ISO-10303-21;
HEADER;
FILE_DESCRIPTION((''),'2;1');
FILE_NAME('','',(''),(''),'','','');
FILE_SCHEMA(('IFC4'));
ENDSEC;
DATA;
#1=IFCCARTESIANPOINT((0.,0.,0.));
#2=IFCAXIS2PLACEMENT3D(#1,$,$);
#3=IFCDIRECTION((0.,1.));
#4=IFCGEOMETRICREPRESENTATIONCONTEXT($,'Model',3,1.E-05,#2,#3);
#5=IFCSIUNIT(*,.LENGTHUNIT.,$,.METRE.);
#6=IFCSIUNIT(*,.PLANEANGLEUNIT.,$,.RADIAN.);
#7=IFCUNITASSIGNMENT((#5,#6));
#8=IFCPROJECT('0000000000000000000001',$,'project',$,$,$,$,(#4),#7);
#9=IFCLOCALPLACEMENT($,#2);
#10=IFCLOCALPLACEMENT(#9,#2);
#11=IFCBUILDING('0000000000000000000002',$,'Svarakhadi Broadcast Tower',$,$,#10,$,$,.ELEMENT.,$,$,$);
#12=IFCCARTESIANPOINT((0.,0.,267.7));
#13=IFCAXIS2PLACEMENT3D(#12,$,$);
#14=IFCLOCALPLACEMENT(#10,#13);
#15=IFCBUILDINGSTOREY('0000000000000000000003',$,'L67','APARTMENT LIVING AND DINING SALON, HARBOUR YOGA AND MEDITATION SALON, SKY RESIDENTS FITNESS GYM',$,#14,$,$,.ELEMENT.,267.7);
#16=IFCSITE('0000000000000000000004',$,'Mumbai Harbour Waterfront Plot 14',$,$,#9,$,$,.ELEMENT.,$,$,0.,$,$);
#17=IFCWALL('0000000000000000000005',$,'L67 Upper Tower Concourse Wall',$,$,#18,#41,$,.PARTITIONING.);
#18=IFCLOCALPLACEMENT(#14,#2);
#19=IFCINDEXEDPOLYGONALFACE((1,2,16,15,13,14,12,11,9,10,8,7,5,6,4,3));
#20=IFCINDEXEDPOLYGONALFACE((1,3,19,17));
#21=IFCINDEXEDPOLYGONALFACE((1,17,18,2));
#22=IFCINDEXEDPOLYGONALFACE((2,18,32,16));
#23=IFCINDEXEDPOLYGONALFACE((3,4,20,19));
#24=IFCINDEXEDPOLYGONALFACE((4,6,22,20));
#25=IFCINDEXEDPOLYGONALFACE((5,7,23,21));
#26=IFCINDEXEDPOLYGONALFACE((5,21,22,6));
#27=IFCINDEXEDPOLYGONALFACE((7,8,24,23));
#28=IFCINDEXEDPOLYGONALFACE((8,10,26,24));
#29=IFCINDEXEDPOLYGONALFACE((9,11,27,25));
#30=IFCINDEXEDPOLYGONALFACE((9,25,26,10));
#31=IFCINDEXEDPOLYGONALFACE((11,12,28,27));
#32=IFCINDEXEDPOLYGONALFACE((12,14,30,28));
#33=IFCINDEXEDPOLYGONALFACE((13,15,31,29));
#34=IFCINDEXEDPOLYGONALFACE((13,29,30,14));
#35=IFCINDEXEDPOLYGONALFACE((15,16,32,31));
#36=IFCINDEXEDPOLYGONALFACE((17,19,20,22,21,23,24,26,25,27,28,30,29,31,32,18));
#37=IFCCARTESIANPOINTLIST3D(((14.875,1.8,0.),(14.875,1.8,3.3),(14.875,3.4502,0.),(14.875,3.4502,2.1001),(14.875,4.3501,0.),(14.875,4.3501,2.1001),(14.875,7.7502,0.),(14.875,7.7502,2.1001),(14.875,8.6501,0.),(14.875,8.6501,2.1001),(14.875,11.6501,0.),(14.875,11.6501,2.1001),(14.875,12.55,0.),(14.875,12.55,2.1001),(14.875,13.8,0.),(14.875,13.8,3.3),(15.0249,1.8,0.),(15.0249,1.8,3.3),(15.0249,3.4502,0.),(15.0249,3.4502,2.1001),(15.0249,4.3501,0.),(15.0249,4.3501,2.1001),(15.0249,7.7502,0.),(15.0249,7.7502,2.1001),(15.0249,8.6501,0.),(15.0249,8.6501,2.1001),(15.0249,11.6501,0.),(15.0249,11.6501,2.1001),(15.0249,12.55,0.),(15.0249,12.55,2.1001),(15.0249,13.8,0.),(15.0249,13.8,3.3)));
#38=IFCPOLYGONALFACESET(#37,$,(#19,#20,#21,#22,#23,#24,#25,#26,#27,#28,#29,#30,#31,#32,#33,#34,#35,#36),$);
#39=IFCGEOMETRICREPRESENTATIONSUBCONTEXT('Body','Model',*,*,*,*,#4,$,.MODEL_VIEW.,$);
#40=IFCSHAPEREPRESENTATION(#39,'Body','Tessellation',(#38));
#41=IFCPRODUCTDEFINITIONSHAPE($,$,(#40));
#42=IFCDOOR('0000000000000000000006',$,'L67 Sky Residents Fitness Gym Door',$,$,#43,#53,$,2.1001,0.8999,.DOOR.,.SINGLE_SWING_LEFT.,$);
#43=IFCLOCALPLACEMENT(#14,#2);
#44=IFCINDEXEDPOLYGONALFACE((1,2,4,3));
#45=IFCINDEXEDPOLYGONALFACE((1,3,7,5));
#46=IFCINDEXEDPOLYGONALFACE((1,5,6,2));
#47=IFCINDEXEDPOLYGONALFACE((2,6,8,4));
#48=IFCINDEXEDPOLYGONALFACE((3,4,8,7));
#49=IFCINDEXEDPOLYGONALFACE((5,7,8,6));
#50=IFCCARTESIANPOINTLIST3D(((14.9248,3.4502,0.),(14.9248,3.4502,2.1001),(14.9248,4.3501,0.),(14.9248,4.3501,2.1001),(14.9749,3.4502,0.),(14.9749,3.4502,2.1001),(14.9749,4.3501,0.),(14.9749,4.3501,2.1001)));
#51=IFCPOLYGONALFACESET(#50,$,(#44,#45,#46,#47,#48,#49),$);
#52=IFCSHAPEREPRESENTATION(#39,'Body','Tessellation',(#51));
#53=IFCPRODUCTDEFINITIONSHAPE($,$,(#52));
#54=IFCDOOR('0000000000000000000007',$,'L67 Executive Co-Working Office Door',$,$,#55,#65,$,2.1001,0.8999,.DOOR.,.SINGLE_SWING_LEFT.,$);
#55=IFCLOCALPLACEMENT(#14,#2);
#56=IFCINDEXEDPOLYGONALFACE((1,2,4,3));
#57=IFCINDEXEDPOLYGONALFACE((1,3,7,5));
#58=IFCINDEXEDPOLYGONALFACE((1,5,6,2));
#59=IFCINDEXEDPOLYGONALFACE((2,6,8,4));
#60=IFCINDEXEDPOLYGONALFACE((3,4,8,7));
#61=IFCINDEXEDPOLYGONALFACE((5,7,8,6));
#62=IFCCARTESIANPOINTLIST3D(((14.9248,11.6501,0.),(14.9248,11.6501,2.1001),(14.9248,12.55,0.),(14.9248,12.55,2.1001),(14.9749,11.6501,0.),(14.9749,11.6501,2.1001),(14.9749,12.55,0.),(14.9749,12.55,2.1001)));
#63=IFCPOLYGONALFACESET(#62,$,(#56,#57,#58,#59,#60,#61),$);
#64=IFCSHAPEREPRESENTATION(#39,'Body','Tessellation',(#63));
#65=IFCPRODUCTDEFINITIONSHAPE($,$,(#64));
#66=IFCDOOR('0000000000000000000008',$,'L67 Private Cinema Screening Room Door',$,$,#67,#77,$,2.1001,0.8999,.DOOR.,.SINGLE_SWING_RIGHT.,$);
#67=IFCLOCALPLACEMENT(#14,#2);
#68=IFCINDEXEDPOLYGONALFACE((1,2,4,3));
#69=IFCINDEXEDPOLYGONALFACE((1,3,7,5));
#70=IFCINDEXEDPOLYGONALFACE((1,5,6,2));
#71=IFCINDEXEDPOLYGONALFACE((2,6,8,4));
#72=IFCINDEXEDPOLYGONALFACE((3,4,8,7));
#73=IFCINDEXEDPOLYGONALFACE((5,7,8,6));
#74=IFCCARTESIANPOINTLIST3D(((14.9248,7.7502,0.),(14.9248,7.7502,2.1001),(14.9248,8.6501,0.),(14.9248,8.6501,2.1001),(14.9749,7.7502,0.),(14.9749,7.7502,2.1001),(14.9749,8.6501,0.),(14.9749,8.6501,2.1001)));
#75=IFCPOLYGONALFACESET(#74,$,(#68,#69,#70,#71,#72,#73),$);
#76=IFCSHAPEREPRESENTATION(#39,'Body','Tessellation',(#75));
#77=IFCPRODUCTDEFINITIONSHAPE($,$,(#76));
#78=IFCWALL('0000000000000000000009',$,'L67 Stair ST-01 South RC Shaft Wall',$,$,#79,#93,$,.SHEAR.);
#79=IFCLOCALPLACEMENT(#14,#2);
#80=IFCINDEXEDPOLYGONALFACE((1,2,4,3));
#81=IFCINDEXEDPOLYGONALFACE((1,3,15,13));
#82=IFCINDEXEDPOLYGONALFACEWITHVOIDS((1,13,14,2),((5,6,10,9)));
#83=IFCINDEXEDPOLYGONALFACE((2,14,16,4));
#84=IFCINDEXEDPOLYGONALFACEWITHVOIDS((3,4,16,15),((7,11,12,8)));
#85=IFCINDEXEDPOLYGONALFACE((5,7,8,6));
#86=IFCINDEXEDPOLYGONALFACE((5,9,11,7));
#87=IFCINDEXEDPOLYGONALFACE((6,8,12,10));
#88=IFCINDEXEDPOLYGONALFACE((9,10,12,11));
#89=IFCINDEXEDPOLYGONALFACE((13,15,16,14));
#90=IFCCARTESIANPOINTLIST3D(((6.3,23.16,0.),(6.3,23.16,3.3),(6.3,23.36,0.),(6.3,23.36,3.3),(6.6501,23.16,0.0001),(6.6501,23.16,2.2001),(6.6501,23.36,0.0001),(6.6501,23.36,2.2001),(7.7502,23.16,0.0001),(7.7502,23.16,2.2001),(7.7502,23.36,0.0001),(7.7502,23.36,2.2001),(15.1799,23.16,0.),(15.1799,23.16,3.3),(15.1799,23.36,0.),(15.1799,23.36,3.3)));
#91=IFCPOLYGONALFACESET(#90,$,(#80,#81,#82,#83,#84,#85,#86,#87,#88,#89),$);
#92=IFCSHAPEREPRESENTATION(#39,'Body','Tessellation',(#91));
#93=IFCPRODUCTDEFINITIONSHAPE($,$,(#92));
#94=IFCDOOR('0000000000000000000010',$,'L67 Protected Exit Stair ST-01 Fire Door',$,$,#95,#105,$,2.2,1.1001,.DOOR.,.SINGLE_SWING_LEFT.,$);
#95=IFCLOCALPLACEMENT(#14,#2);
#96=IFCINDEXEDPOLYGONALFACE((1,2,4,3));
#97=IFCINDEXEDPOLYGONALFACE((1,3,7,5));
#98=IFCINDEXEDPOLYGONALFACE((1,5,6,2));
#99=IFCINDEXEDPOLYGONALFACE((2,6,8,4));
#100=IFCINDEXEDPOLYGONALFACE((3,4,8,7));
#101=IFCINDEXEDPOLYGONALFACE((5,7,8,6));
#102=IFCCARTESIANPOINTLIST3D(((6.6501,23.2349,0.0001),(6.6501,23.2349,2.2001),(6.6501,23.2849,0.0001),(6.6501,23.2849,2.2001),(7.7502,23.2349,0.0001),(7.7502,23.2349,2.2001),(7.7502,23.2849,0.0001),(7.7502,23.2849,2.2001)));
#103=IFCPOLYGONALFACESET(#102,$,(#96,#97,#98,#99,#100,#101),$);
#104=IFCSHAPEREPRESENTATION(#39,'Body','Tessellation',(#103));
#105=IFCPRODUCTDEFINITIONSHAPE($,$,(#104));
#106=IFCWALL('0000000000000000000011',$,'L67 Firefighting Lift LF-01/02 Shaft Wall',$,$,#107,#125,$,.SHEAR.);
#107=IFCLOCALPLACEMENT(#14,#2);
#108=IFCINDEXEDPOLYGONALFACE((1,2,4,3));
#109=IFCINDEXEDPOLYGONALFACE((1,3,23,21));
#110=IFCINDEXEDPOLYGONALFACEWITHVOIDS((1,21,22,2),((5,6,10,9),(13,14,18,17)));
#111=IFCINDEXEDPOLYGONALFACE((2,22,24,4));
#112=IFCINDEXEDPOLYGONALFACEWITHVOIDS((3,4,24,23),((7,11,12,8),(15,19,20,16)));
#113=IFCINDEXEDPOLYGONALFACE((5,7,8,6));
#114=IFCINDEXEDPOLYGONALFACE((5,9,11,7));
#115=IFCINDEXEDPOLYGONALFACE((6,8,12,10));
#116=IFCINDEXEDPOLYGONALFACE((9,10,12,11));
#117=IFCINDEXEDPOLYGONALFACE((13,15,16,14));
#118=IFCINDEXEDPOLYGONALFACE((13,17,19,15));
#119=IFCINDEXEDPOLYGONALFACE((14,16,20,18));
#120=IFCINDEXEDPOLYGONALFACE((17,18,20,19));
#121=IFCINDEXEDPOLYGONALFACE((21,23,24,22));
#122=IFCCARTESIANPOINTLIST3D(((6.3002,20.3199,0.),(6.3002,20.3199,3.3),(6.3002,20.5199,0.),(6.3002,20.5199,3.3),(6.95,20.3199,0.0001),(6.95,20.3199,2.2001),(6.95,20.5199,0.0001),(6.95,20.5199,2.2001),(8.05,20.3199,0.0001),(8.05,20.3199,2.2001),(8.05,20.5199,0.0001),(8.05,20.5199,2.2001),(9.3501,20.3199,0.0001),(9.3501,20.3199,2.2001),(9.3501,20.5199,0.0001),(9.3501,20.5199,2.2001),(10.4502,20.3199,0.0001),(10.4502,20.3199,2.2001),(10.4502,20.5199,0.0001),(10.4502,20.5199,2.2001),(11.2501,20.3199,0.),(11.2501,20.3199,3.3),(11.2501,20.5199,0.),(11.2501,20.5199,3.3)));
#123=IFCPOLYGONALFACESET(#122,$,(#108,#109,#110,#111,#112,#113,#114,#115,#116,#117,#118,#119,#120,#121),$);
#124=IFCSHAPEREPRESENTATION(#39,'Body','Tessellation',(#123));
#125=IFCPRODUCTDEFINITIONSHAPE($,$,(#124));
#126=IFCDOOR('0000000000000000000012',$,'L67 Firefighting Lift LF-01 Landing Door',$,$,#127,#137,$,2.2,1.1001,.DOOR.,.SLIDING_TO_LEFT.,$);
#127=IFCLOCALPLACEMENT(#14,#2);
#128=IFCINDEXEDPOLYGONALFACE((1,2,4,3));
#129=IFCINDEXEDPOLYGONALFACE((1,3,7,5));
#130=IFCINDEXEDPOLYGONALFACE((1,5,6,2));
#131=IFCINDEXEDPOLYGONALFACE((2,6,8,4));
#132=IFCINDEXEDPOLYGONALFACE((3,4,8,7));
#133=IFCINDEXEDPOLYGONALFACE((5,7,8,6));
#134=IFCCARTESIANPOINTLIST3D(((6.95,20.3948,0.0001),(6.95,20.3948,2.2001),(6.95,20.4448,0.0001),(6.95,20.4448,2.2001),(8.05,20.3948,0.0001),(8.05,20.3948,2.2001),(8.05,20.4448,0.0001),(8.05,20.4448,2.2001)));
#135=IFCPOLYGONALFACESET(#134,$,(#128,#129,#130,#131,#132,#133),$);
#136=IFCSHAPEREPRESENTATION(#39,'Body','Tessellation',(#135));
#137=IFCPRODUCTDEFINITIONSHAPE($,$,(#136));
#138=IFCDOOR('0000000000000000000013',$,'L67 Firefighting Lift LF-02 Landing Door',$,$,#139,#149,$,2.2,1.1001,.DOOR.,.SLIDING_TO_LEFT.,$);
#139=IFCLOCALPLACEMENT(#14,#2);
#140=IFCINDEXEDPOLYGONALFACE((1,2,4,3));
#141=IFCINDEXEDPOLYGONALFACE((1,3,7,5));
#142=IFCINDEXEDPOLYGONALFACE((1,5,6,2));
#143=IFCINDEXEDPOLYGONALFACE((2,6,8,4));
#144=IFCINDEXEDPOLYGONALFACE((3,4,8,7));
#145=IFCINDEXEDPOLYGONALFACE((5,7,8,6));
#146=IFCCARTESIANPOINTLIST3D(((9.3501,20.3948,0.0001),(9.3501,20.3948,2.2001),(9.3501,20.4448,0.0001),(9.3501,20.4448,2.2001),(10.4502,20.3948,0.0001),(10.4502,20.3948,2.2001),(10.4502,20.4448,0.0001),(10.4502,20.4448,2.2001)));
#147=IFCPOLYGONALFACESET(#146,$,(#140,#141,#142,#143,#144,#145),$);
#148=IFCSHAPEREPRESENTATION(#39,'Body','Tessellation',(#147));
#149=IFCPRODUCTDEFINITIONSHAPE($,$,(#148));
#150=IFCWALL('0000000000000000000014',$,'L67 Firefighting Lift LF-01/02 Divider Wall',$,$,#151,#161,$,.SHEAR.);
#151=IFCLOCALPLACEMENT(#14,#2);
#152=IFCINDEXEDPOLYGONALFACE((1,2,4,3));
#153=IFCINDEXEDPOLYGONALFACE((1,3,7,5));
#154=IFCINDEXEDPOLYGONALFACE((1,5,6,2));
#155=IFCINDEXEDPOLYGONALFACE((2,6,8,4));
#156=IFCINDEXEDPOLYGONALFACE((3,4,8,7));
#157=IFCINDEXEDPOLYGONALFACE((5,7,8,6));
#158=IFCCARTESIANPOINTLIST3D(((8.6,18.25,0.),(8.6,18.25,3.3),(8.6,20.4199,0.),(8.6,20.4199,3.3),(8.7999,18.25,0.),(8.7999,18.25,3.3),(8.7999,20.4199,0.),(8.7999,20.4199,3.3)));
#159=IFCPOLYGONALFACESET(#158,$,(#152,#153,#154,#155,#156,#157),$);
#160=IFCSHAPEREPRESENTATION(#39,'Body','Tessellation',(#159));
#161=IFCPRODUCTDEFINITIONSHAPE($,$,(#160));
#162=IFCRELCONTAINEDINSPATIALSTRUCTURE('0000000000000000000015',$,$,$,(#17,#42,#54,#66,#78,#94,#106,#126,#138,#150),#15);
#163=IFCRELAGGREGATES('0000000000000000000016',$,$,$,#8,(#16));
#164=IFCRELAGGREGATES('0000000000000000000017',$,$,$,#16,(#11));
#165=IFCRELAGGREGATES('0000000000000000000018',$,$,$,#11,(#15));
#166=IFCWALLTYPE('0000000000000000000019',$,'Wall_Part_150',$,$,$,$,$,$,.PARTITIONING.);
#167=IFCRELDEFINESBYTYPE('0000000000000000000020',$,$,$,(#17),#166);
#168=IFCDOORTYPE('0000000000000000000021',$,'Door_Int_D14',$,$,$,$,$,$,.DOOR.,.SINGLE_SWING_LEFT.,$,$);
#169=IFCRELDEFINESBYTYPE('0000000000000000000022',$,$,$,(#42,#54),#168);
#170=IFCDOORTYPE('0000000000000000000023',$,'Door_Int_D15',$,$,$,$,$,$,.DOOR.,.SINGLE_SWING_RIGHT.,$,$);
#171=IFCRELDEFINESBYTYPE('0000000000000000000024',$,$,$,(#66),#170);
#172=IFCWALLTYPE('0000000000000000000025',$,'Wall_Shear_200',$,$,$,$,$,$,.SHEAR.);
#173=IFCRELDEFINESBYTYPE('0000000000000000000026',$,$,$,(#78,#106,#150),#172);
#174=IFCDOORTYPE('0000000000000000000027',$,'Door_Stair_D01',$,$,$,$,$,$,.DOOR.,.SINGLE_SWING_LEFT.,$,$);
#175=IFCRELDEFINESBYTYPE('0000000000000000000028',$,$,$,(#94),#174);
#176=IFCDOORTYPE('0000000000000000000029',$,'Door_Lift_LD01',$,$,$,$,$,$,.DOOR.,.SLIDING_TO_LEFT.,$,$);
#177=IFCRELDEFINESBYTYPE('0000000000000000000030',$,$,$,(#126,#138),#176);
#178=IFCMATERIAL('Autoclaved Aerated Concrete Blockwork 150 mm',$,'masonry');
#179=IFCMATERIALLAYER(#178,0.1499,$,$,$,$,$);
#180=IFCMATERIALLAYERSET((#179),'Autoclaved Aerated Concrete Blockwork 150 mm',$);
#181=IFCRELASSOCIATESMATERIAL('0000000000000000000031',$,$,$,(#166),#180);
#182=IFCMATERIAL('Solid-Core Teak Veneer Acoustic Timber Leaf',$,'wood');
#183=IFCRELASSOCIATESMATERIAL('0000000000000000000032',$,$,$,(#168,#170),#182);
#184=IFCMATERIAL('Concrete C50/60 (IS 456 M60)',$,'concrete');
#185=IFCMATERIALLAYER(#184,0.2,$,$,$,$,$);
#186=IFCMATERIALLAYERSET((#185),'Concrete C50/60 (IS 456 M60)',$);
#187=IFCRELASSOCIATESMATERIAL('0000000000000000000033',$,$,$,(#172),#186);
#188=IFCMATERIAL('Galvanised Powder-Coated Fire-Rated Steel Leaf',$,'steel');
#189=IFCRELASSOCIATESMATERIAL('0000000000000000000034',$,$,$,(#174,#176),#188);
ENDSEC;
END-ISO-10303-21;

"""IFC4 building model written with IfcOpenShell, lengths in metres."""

from ifc_helpers import new_model, si_unit, direction, frame, frame_2d, origin, place, context, subcontext, project, spatial, rectangle, extrude, material, layer, layer_set, type_object, element, fill, save


model = new_model("IFC4")

# Units and contexts
model_context = context("Model", 3, precision=1e-05, world=origin(), true_north=direction((0.0, 1.0)))
body_context = subcontext(model_context, "Body", "Model", "MODEL_VIEW")
ifc_project = project(units=[si_unit("LENGTHUNIT", "METRE"), si_unit("PLANEANGLEUNIT", "RADIAN")], contexts=[model_context])

# Site, building, storey
site_placement = place(None, origin())
site = spatial("IfcSite", under=ifc_project, at=site_placement, Name="Mumbai Harbour Waterfront Plot 14", CompositionType="ELEMENT", RefElevation=0.0)
building_placement = place(site_placement, origin())
building = spatial("IfcBuilding", under=site, at=building_placement, Name="Svarakhadi Broadcast Tower", CompositionType="ELEMENT")
storey_placement = place(building_placement, frame((0.0, 0.0, 267.7)))
storey = spatial("IfcBuildingStorey", under=building, at=storey_placement, Name="L67", Description="APARTMENT LIVING AND DINING SALON, HARBOUR YOGA AND MEDITATION SALON, SKY RESIDENTS FITNESS GYM", CompositionType="ELEMENT", Elevation=267.7)

# Shared definitions
ifc_material_1 = material(Name="Concrete C50/60 (IS 456 M60)", Category="concrete")

# Shared definitions
ifc_material_2 = material(Name="Autoclaved Aerated Concrete Blockwork 150 mm", Category="masonry")
ifc_layer_1 = layer(ifc_material_2, 0.1499)
ifc_layer_set_1 = layer_set([ifc_layer_1], Name="Autoclaved Aerated Concrete Blockwork 150 mm")
wall_type_1 = type_object("IfcWallType", Name="Wall_Part_150", PredefinedType="PARTITIONING", material=ifc_layer_set_1)

# Wall, openings, doors
wall_1_placement = place(storey_placement, frame((14.95, 13.8, 0.0), z_axis=(0.0, 0.0, 1.0), x_axis=(0.0, -1.0, 0.0)))
wall_1 = element("IfcWall", 1, at=wall_1_placement, inside=storey, type_object=wall_type_1, Name="L67 Upper Tower Concourse Wall", PredefinedType="PARTITIONING", context=body_context, shape_type="SweptSolid", body=[
    extrude(rectangle(XDim=12.0, YDim=0.1499, at=frame_2d((6.0, 0.0))), origin(), (0.0, 0.0, 1.0), 3.3),
])
opening_1_placement = place(wall_1_placement, frame((9.45, 0.0, 0.0)))
opening_1 = element("IfcOpeningElement", 2, at=opening_1_placement, cuts=wall_1, PredefinedType="OPENING", context=body_context, shape_type="SweptSolid", body=[
    extrude(rectangle(XDim=0.8999, YDim=2.1001, at=frame_2d((0.45, 1.05))), frame((0.0, 0.085, 0.0), z_axis=(0.0, -1.0, 0.0), x_axis=(1.0, 0.0, 0.0)), (0.0, 0.0, 1.0), 0.1699),
])
opening_2_placement = place(wall_1_placement, frame((5.1499, 0.0, 0.0)))
opening_2 = element("IfcOpeningElement", 3, at=opening_2_placement, cuts=wall_1, PredefinedType="OPENING", context=body_context, shape_type="SweptSolid", body=[
    extrude(rectangle(XDim=0.8999, YDim=2.1001, at=frame_2d((0.45, 1.05))), frame((0.0, 0.085, 0.0), z_axis=(0.0, -1.0, 0.0), x_axis=(1.0, 0.0, 0.0)), (0.0, 0.0, 1.0), 0.1699),
])
opening_3_placement = place(wall_1_placement, frame((1.25, 0.0, 0.0)))
opening_3 = element("IfcOpeningElement", 4, at=opening_3_placement, cuts=wall_1, PredefinedType="OPENING", context=body_context, shape_type="SweptSolid", body=[
    extrude(rectangle(XDim=0.8999, YDim=2.1001, at=frame_2d((0.45, 1.05))), frame((0.0, 0.085, 0.0), z_axis=(0.0, -1.0, 0.0), x_axis=(1.0, 0.0, 0.0)), (0.0, 0.0, 1.0), 0.1699),
])
ifc_material_3 = material(Name="Solid-Core Teak Veneer Acoustic Timber Leaf", Category="wood")
door_type_1 = type_object("IfcDoorType", Name="Door_Int_D14", OperationType="SINGLE_SWING_LEFT", PredefinedType="DOOR", material=ifc_material_3)
door_1_placement = place(opening_1_placement, origin())
door_1 = element("IfcDoor", 5, at=door_1_placement, inside=storey, type_object=door_type_1, Name="L67 Sky Residents Fitness Gym Door", OperationType="SINGLE_SWING_LEFT", OverallHeight=2.1001, OverallWidth=0.8999, PredefinedType="DOOR", context=body_context, shape_type="SweptSolid", body=[
    extrude(rectangle(XDim=0.8999, YDim=2.1001, at=frame_2d((0.45, 1.05))), frame((0.0, 0.0249, 0.0), z_axis=(0.0, -1.0, 0.0), x_axis=(1.0, 0.0, 0.0)), (0.0, 0.0, 1.0), 0.05),
])
fill(opening_1, door_1)
door_2_placement = place(opening_3_placement, origin())
door_2 = element("IfcDoor", 6, at=door_2_placement, inside=storey, type_object=door_type_1, Name="L67 Executive Co-Working Office Door", OperationType="SINGLE_SWING_LEFT", OverallHeight=2.1001, OverallWidth=0.8999, PredefinedType="DOOR", context=body_context, shape_type="SweptSolid", body=[
    extrude(rectangle(XDim=0.8999, YDim=2.1001, at=frame_2d((0.45, 1.05))), frame((0.0, 0.0249, 0.0), z_axis=(0.0, -1.0, 0.0), x_axis=(1.0, 0.0, 0.0)), (0.0, 0.0, 1.0), 0.05),
])
fill(opening_3, door_2)
door_type_2 = type_object("IfcDoorType", Name="Door_Int_D15", OperationType="SINGLE_SWING_RIGHT", PredefinedType="DOOR", material=ifc_material_3)
door_3_placement = place(opening_2_placement, origin())
door_3 = element("IfcDoor", 7, at=door_3_placement, inside=storey, type_object=door_type_2, Name="L67 Private Cinema Screening Room Door", OperationType="SINGLE_SWING_RIGHT", OverallHeight=2.1001, OverallWidth=0.8999, PredefinedType="DOOR", context=body_context, shape_type="SweptSolid", body=[
    extrude(rectangle(XDim=0.8999, YDim=2.1001, at=frame_2d((0.45, 1.05))), frame((0.0, 0.0249, 0.0), z_axis=(0.0, -1.0, 0.0), x_axis=(1.0, 0.0, 0.0)), (0.0, 0.0, 1.0), 0.05),
])
fill(opening_2, door_3)

# Wall, opening, door
ifc_layer_2 = layer(ifc_material_1, 0.2)
ifc_layer_set_2 = layer_set([ifc_layer_2], Name="Concrete C50/60 (IS 456 M60)")
wall_type_2 = type_object("IfcWallType", Name="Wall_Shear_200", PredefinedType="SHEAR", material=ifc_layer_set_2)
wall_2_placement = place(storey_placement, frame((6.3, 23.26, 0.0), z_axis=(0.0, 0.0, 1.0), x_axis=(1.0, 0.0, 0.0)))
wall_2 = element("IfcWall", 8, at=wall_2_placement, inside=storey, type_object=wall_type_2, Name="L67 Stair ST-01 South RC Shaft Wall", PredefinedType="SHEAR", context=body_context, shape_type="SweptSolid", body=[
    extrude(rectangle(XDim=8.8799, YDim=0.2, at=frame_2d((4.4399, 0.0))), origin(), (0.0, 0.0, 1.0), 3.3),
])
opening_4_placement = place(wall_2_placement, frame((0.3501, 0.0, 0.0)))
opening_4 = element("IfcOpeningElement", 9, at=opening_4_placement, cuts=wall_2, PredefinedType="OPENING", context=body_context, shape_type="SweptSolid", body=[
    extrude(rectangle(XDim=1.1001, YDim=2.2, at=frame_2d((0.55, 1.1001))), frame((0.0, 0.1099, 0.0), z_axis=(0.0, -1.0, 0.0), x_axis=(1.0, 0.0, 0.0)), (0.0, 0.0, 1.0), 0.22),
])
ifc_material_4 = material(Name="Galvanised Powder-Coated Fire-Rated Steel Leaf", Category="steel")
door_type_3 = type_object("IfcDoorType", Name="Door_Stair_D01", OperationType="SINGLE_SWING_LEFT", PredefinedType="DOOR", material=ifc_material_4)
door_4_placement = place(opening_4_placement, origin())
door_4 = element("IfcDoor", 10, at=door_4_placement, inside=storey, type_object=door_type_3, Name="L67 Protected Exit Stair ST-01 Fire Door", OperationType="SINGLE_SWING_LEFT", OverallHeight=2.2, OverallWidth=1.1001, PredefinedType="DOOR", context=body_context, shape_type="SweptSolid", body=[
    extrude(rectangle(XDim=1.1001, YDim=2.2, at=frame_2d((0.55, 1.1001))), frame((0.0, 0.0249, 0.0), z_axis=(0.0, -1.0, 0.0), x_axis=(1.0, 0.0, 0.0)), (0.0, 0.0, 1.0), 0.05),
])
fill(opening_4, door_4)

# Wall, openings, doors
wall_3_placement = place(storey_placement, frame((6.3, 20.4199, 0.0), z_axis=(0.0, 0.0, 1.0), x_axis=(1.0, 0.0, 0.0)))
wall_3 = element("IfcWall", 11, at=wall_3_placement, inside=storey, type_object=wall_type_2, Name="L67 Firefighting Lift LF-01/02 Shaft Wall", PredefinedType="SHEAR", context=body_context, shape_type="SweptSolid", body=[
    extrude(rectangle(XDim=4.95, YDim=0.2, at=frame_2d((2.4751, 0.0))), origin(), (0.0, 0.0, 1.0), 3.3),
])
opening_5_placement = place(wall_3_placement, frame((0.6499, 0.0, 0.0)))
opening_5 = element("IfcOpeningElement", 12, at=opening_5_placement, cuts=wall_3, PredefinedType="OPENING", context=body_context, shape_type="SweptSolid", body=[
    extrude(rectangle(XDim=1.1001, YDim=2.2, at=frame_2d((0.55, 1.1001))), frame((0.0, 0.1099, 0.0), z_axis=(0.0, -1.0, 0.0), x_axis=(1.0, 0.0, 0.0)), (0.0, 0.0, 1.0), 0.22),
])
opening_6_placement = place(wall_3_placement, frame((3.05, 0.0, 0.0)))
opening_6 = element("IfcOpeningElement", 13, at=opening_6_placement, cuts=wall_3, PredefinedType="OPENING", context=body_context, shape_type="SweptSolid", body=[
    extrude(rectangle(XDim=1.1001, YDim=2.2, at=frame_2d((0.55, 1.1001))), frame((0.0, 0.1099, 0.0), z_axis=(0.0, -1.0, 0.0), x_axis=(1.0, 0.0, 0.0)), (0.0, 0.0, 1.0), 0.22),
])
door_type_4 = type_object("IfcDoorType", Name="Door_Lift_LD01", OperationType="SLIDING_TO_LEFT", PredefinedType="DOOR", material=ifc_material_4)
door_5_placement = place(opening_5_placement, origin())
door_5 = element("IfcDoor", 14, at=door_5_placement, inside=storey, type_object=door_type_4, Name="L67 Firefighting Lift LF-01 Landing Door", OperationType="SLIDING_TO_LEFT", OverallHeight=2.2, OverallWidth=1.1001, PredefinedType="DOOR", context=body_context, shape_type="SweptSolid", body=[
    extrude(rectangle(XDim=1.1001, YDim=2.2, at=frame_2d((0.55, 1.1001))), frame((0.0, 0.0249, 0.0), z_axis=(0.0, -1.0, 0.0), x_axis=(1.0, 0.0, 0.0)), (0.0, 0.0, 1.0), 0.05),
])
fill(opening_5, door_5)
door_6_placement = place(opening_6_placement, origin())
door_6 = element("IfcDoor", 15, at=door_6_placement, inside=storey, type_object=door_type_4, Name="L67 Firefighting Lift LF-02 Landing Door", OperationType="SLIDING_TO_LEFT", OverallHeight=2.2, OverallWidth=1.1001, PredefinedType="DOOR", context=body_context, shape_type="SweptSolid", body=[
    extrude(rectangle(XDim=1.1001, YDim=2.2, at=frame_2d((0.55, 1.1001))), frame((0.0, 0.0249, 0.0), z_axis=(0.0, -1.0, 0.0), x_axis=(1.0, 0.0, 0.0)), (0.0, 0.0, 1.0), 0.05),
])
fill(opening_6, door_6)

# Wall
for number, where, z_axis, x_axis, name in (
    (16, (8.7, 18.25, 0.0), (0.0, 0.0, 1.0), (0.0, 1.0, 0.0), "L67 Firefighting Lift LF-01/02 Divider Wall"),
):
    element("IfcWall", number, at=place(storey_placement, frame(where, z_axis=z_axis, x_axis=x_axis)), inside=storey, type_object=wall_type_2, Name=name, PredefinedType="SHEAR", context=body_context, shape_type="SweptSolid", body=[
        extrude(rectangle(XDim=2.1699, YDim=0.2, at=frame_2d((1.085, 0.0))), origin(), (0.0, 0.0, 1.0), 3.3),
    ])

save(model, "model.ifc")
